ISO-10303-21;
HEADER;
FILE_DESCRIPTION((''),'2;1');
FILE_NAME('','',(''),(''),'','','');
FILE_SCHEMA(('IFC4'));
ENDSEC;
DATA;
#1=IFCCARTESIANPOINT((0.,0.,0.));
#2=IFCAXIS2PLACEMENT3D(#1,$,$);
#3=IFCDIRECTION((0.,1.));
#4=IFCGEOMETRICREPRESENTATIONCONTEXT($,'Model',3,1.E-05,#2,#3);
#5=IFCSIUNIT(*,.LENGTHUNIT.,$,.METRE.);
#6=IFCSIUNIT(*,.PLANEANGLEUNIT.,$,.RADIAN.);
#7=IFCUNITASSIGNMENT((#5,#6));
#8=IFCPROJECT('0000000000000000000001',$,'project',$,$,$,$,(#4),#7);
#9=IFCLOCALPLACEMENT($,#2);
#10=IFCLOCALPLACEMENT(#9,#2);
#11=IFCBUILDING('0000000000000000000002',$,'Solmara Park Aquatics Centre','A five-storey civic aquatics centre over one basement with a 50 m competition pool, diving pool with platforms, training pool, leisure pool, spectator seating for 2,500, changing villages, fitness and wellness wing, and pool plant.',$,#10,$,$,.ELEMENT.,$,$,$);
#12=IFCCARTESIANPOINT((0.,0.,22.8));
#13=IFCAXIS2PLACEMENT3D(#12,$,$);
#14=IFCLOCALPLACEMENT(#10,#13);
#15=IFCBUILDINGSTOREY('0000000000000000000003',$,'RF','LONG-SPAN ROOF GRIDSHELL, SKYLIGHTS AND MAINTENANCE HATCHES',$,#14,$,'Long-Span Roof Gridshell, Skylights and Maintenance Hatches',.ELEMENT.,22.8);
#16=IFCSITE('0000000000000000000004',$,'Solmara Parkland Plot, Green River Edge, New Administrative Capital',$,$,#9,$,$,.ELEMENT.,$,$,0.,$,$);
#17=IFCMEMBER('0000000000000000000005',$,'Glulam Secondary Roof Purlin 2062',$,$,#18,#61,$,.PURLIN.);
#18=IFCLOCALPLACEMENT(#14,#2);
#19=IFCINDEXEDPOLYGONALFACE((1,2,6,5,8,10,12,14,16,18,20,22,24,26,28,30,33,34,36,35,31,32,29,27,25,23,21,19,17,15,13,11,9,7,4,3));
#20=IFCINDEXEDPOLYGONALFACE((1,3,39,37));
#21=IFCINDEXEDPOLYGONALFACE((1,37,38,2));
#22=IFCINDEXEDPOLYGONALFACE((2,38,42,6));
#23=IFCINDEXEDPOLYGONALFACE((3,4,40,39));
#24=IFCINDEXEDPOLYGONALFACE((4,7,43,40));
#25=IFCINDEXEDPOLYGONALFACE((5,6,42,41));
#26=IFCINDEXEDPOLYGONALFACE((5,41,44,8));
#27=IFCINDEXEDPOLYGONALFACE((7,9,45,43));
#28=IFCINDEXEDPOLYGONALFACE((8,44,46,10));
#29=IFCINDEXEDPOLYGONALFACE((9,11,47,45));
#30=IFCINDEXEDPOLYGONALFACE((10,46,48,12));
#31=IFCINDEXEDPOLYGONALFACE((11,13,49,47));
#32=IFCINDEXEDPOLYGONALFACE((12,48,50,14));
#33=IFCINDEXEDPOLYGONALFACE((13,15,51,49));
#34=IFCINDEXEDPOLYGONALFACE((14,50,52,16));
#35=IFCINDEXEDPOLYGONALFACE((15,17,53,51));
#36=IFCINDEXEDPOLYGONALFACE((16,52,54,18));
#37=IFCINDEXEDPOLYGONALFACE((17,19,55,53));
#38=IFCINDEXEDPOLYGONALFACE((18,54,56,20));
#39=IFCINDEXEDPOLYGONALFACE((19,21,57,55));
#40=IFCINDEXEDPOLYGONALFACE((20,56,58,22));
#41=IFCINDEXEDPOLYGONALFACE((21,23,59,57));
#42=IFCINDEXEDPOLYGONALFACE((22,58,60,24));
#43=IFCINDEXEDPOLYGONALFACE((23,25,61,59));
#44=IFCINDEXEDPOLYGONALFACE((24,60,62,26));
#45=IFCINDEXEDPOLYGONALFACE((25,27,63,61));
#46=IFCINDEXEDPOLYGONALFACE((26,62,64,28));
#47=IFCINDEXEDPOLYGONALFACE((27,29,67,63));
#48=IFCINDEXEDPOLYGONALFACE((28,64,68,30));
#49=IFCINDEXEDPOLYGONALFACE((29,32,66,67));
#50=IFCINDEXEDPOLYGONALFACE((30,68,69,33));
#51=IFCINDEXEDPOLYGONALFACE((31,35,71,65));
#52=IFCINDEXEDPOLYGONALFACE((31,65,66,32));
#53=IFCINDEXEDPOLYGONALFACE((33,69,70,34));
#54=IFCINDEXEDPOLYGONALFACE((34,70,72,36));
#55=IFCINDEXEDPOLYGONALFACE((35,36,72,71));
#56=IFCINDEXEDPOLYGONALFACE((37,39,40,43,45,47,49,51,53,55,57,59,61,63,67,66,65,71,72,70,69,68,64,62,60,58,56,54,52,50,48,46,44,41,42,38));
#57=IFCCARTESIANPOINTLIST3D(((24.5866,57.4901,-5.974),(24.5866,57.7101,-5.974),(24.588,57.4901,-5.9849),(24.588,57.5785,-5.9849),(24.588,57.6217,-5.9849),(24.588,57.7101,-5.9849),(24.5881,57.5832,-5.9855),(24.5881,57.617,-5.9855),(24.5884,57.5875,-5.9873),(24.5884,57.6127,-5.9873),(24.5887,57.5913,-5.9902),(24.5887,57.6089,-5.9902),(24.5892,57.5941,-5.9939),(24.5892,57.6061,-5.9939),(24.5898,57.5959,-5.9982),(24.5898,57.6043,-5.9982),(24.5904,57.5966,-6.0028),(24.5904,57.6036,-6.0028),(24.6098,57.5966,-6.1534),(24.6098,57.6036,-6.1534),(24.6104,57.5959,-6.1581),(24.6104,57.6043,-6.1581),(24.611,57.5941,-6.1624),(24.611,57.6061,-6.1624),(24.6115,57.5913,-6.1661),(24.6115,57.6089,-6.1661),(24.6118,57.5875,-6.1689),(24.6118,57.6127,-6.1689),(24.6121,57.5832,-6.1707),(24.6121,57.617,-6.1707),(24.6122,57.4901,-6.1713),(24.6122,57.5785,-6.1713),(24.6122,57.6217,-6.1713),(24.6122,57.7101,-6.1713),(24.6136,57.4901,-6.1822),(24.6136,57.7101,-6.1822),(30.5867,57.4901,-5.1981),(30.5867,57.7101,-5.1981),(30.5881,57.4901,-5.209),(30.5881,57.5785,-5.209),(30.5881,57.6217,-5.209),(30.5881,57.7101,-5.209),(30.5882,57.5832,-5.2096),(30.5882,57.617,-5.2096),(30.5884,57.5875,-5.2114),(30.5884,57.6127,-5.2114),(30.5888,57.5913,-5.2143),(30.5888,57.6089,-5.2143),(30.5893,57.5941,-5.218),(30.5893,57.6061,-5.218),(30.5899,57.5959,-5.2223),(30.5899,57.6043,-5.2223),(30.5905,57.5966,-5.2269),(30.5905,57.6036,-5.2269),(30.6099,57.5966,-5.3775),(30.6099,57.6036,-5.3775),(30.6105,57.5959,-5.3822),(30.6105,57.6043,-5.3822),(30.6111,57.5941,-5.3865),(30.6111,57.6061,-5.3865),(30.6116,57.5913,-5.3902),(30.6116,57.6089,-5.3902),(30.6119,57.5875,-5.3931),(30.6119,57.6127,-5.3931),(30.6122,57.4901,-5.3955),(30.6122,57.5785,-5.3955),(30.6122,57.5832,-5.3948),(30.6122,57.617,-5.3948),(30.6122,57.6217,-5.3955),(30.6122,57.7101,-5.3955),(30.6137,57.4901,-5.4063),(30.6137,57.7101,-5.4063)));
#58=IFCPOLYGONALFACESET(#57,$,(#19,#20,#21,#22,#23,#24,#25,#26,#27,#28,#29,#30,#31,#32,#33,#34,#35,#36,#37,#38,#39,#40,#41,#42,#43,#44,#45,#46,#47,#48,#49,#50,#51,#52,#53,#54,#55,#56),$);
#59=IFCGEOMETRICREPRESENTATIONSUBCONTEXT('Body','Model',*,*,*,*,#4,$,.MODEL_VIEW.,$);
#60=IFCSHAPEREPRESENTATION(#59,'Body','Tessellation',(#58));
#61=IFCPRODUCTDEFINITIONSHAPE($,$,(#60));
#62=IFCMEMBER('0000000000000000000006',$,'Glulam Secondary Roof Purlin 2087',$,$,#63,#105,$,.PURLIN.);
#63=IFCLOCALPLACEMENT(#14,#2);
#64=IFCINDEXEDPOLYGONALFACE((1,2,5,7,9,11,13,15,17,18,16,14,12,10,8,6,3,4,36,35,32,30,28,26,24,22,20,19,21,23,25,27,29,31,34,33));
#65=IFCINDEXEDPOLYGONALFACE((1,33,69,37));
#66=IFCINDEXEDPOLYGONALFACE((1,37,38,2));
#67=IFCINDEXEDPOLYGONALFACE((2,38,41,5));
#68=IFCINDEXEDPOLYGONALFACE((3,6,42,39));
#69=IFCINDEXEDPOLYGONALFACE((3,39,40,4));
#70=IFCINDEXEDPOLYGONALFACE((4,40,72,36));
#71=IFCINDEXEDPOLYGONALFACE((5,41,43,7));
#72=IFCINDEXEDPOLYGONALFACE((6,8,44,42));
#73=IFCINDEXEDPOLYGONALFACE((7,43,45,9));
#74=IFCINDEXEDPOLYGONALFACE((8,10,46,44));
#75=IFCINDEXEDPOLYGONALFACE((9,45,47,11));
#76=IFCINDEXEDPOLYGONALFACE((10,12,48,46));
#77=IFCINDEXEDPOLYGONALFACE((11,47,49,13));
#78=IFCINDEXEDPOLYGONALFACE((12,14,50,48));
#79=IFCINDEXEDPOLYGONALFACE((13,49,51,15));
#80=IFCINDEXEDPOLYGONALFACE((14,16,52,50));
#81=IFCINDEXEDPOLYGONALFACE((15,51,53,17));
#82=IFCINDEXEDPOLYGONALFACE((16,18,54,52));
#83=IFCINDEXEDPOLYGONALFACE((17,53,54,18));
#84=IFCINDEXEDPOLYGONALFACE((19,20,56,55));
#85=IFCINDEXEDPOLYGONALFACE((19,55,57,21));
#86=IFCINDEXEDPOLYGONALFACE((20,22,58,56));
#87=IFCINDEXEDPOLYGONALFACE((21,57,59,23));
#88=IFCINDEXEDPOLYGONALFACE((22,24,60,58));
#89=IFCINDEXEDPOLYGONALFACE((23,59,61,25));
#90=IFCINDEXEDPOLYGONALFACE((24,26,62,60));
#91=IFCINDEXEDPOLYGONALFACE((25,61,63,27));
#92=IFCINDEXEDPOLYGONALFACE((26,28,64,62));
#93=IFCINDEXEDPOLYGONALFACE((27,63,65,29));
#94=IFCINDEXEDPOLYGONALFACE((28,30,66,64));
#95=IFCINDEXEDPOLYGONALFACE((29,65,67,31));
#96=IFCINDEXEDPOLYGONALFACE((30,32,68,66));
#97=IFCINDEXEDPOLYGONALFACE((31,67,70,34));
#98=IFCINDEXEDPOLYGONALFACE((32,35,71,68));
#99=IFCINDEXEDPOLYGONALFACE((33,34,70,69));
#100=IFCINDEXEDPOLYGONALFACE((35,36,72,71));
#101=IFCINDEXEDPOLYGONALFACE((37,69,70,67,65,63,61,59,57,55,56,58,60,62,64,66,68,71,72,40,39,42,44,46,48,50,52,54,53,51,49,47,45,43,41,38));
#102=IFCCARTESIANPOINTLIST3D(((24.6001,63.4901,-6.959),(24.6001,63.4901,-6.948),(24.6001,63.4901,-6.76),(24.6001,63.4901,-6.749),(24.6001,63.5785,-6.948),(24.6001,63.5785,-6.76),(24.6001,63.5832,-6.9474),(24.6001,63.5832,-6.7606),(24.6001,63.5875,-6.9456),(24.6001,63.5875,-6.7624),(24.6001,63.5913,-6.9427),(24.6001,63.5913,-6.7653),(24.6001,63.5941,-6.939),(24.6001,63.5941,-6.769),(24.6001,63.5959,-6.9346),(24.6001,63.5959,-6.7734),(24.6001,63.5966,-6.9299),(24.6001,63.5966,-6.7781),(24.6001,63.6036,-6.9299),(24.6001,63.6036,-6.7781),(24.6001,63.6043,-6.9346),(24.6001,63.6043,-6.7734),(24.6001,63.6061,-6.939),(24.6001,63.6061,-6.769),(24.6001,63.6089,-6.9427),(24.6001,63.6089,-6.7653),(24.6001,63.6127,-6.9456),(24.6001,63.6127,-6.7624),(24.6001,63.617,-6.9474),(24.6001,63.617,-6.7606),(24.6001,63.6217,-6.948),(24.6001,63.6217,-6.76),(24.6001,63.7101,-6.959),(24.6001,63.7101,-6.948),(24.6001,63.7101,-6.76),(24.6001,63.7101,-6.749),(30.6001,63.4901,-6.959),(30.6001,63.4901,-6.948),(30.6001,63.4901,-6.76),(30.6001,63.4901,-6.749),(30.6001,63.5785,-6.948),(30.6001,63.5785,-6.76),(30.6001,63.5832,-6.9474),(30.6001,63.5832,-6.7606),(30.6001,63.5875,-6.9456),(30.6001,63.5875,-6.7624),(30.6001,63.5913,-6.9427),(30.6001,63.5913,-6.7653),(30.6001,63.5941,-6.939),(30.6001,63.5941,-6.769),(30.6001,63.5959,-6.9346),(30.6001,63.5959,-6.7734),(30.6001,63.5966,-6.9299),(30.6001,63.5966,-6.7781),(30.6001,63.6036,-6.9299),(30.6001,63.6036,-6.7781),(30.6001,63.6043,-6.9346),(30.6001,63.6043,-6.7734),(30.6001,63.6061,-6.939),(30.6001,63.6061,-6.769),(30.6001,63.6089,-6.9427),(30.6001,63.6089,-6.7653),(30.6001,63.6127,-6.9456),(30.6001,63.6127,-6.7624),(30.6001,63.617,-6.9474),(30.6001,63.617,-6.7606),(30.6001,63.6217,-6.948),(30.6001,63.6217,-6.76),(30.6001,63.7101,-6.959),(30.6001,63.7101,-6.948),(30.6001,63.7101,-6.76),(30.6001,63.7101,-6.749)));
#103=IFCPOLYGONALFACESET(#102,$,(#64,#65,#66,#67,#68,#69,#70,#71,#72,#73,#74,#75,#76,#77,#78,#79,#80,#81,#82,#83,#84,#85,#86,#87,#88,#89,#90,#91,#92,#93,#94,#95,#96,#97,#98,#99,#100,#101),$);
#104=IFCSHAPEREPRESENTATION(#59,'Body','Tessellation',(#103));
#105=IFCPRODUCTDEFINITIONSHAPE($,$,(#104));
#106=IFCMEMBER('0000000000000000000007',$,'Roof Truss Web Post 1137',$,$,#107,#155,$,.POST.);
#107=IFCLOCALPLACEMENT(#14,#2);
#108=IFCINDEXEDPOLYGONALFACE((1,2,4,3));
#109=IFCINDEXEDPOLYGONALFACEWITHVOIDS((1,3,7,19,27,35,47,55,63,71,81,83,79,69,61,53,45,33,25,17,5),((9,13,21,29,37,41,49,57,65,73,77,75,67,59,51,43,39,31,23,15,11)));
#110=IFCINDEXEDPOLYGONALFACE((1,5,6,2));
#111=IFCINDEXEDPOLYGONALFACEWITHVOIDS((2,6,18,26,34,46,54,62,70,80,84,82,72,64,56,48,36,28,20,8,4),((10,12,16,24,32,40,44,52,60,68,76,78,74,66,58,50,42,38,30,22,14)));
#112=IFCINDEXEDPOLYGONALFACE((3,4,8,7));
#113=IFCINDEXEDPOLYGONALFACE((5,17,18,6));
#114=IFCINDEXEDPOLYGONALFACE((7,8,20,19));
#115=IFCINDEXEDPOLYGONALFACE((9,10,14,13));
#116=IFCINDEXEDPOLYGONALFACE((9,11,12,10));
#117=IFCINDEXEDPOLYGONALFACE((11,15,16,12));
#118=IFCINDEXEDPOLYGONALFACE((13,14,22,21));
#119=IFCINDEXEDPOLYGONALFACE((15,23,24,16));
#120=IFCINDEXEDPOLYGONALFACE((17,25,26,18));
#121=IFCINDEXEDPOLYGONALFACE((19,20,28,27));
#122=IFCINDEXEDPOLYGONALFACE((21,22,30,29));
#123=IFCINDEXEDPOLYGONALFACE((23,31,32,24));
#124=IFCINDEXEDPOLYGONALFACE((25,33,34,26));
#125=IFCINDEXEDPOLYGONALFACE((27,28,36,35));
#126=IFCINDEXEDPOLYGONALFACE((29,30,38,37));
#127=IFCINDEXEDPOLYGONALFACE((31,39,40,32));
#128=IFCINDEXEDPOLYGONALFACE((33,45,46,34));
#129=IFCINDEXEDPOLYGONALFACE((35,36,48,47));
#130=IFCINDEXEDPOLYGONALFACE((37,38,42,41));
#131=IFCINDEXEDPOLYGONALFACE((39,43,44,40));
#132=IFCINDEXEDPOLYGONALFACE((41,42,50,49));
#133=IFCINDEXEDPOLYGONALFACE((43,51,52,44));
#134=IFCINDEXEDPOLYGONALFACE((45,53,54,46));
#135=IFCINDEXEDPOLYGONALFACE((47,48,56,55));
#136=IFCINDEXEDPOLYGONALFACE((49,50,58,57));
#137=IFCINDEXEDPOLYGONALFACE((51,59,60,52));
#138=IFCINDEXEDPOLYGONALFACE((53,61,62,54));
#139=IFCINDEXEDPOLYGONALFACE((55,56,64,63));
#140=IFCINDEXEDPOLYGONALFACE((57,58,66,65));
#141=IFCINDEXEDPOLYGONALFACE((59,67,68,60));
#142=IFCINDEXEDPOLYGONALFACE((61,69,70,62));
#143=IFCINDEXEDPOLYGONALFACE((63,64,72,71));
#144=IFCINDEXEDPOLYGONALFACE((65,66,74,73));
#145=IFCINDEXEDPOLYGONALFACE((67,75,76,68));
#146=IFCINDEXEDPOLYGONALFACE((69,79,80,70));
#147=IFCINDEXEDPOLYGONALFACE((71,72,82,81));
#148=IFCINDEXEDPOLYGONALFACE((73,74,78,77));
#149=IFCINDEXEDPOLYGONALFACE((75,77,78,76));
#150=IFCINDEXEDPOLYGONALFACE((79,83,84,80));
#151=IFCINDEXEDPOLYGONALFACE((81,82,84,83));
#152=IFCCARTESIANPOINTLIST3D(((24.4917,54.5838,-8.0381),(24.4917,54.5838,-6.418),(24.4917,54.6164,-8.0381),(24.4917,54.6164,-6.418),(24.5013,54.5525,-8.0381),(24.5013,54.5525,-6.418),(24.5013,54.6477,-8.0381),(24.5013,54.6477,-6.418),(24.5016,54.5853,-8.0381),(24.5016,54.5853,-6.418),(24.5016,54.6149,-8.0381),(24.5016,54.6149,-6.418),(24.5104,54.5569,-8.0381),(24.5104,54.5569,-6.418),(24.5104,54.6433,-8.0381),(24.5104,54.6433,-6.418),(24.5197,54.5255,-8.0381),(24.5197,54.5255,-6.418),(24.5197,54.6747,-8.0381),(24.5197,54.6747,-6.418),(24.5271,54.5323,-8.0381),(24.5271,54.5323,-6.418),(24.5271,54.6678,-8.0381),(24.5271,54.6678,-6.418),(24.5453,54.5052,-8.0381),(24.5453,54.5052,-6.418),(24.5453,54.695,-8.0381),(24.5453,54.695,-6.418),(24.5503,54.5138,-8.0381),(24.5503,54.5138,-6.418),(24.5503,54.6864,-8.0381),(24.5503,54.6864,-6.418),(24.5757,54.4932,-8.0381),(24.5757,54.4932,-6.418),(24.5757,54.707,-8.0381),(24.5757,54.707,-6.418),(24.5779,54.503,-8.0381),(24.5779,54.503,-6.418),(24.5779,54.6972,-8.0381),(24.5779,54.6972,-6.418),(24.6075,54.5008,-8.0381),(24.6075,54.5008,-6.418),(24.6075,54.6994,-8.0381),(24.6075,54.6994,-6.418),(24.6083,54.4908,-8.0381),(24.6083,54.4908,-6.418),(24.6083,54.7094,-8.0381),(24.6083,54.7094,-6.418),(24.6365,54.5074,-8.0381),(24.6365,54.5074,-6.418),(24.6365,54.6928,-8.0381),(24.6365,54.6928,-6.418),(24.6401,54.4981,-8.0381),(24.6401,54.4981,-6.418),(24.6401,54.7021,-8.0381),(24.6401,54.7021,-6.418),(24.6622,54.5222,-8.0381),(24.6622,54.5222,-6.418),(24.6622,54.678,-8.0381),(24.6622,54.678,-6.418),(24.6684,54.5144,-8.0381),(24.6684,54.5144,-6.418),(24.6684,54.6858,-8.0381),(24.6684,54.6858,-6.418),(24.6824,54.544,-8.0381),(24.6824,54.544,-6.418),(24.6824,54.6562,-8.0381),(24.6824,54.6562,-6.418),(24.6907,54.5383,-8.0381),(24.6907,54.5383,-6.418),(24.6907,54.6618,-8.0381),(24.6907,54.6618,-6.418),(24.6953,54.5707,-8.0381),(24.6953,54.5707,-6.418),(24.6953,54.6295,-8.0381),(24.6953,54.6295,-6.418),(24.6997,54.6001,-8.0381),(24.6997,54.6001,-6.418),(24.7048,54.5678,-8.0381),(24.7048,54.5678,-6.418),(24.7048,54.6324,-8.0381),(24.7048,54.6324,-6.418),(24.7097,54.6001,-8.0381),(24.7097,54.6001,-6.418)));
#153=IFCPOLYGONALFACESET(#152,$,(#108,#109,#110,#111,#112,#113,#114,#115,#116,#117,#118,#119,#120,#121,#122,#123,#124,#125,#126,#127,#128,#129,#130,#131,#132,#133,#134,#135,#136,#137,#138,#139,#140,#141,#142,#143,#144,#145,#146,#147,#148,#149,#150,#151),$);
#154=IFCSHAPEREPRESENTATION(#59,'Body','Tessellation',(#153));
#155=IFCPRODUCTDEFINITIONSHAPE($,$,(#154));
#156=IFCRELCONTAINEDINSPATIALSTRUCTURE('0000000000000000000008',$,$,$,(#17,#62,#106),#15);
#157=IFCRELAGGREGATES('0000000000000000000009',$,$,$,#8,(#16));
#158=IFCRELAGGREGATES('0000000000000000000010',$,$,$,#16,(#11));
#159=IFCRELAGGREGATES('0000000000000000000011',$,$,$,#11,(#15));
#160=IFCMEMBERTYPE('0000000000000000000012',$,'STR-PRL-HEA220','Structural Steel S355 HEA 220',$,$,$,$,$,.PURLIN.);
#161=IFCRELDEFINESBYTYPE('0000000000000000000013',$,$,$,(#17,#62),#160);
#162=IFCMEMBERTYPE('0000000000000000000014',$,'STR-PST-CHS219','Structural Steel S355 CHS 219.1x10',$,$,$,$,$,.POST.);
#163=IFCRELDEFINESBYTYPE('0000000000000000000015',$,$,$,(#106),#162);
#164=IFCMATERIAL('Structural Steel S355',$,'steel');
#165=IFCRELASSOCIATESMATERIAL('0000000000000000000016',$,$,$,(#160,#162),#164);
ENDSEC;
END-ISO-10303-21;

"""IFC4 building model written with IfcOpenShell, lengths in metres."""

from ifc_helpers import new_model, si_unit, direction, frame, origin, origin_2d, place, context, subcontext, project, spatial, hollow_circle, i_section, extrude, material, material_profile, profile_set, type_object, element, save


model = new_model("IFC4")

# Units and contexts
model_context = context("Model", 3, precision=1e-05, world=origin(), true_north=direction((0.0, 1.0)))
body_context = subcontext(model_context, "Body", "Model", "MODEL_VIEW")
ifc_project = project(units=[si_unit("LENGTHUNIT", "METRE"), si_unit("PLANEANGLEUNIT", "RADIAN")], contexts=[model_context])

# Site, building, storey
site_placement = place(None, origin())
site = spatial("IfcSite", under=ifc_project, at=site_placement, Name="Solmara Parkland Plot, Green River Edge, New Administrative Capital", CompositionType="ELEMENT", RefElevation=0.0)
building_placement = place(site_placement, origin())
building = spatial("IfcBuilding", under=site, at=building_placement, Name="Solmara Park Aquatics Centre", Description="A five-storey civic aquatics centre over one basement with a 50 m competition pool, diving pool with platforms, training pool, leisure pool, spectator seating for 2,500, changing villages, fitness and wellness wing, and pool plant.", CompositionType="ELEMENT")
storey_placement = place(building_placement, frame((0.0, 0.0, 22.8)))
storey = spatial("IfcBuildingStorey", under=building, at=storey_placement, Name="RF", Description="LONG-SPAN ROOF GRIDSHELL, SKYLIGHTS AND MAINTENANCE HATCHES", LongName="Long-Span Roof Gridshell, Skylights and Maintenance Hatches", CompositionType="ELEMENT", Elevation=22.8)

# Members
ifc_material_1 = material(Name="Structural Steel S355", Category="steel")
ifc_material_profile_1 = material_profile(ifc_material_1, i_section(OverallWidth=0.22, OverallDepth=0.21, WebThickness=0.0071, FlangeThickness=0.011, FilletRadius=0.0181, at=origin_2d()), Name="HEA 220")
ifc_profile_set_1 = profile_set([ifc_material_profile_1], Name="Structural Steel S355")
member_type_1 = type_object("IfcMemberType", Name="STR-PRL-HEA220", Description="Structural Steel S355 HEA 220", PredefinedType="PURLIN", material=ifc_profile_set_1)
member_1_placement = place(storey_placement, frame((24.6001, 57.6001, -6.0781), z_axis=(0.991742, 0.0, 0.128245), x_axis=(0.0, 1.0, 0.0)))
element("IfcMember", 1, at=member_1_placement, inside=storey, type_object=member_type_1, Name="Glulam Secondary Roof Purlin 2062", PredefinedType="PURLIN", context=body_context, shape_type="SweptSolid", body=[
    extrude(i_section(OverallWidth=0.22, OverallDepth=0.21, WebThickness=0.0071, FlangeThickness=0.011, FilletRadius=0.0181, at=origin_2d()), origin(), (0.0, 0.0, 1.0), 6.05),
])
member_2_placement = place(storey_placement, frame((24.6001, 63.6001, -6.854), z_axis=(1.0, 0.0, 0.0), x_axis=(0.0, 1.0, 0.0)))
element("IfcMember", 2, at=member_2_placement, inside=storey, type_object=member_type_1, Name="Glulam Secondary Roof Purlin 2087", PredefinedType="PURLIN", context=body_context, shape_type="SweptSolid", body=[
    extrude(i_section(OverallWidth=0.22, OverallDepth=0.21, WebThickness=0.0071, FlangeThickness=0.011, FilletRadius=0.0181, at=origin_2d()), origin(), (0.0, 0.0, 1.0), 6.0),
])
ifc_material_profile_2 = material_profile(ifc_material_1, hollow_circle(Radius=0.1096, WallThickness=0.01, at=origin_2d()), Name="CHS 219.1x10")
ifc_profile_set_2 = profile_set([ifc_material_profile_2], Name="Structural Steel S355")
member_type_2 = type_object("IfcMemberType", Name="STR-PST-CHS219", Description="Structural Steel S355 CHS 219.1x10", PredefinedType="POST", material=ifc_profile_set_2)
for number, where, z_axis, x_axis, name in (
    (3, (24.6001, 54.6001, -8.0381), (0.0, 0.0, 1.0), (1.0, 0.0, 0.0), "Roof Truss Web Post 1137"),
):
    element("IfcMember", number, at=place(storey_placement, frame(where, z_axis=z_axis, x_axis=x_axis)), inside=storey, type_object=member_type_2, Name=name, PredefinedType="POST", context=body_context, shape_type="SweptSolid", body=[
        extrude(hollow_circle(Radius=0.1096, WallThickness=0.01, at=origin_2d()), origin(), (0.0, 0.0, 1.0), 1.6201),
    ])

save(model, "model.ifc")
